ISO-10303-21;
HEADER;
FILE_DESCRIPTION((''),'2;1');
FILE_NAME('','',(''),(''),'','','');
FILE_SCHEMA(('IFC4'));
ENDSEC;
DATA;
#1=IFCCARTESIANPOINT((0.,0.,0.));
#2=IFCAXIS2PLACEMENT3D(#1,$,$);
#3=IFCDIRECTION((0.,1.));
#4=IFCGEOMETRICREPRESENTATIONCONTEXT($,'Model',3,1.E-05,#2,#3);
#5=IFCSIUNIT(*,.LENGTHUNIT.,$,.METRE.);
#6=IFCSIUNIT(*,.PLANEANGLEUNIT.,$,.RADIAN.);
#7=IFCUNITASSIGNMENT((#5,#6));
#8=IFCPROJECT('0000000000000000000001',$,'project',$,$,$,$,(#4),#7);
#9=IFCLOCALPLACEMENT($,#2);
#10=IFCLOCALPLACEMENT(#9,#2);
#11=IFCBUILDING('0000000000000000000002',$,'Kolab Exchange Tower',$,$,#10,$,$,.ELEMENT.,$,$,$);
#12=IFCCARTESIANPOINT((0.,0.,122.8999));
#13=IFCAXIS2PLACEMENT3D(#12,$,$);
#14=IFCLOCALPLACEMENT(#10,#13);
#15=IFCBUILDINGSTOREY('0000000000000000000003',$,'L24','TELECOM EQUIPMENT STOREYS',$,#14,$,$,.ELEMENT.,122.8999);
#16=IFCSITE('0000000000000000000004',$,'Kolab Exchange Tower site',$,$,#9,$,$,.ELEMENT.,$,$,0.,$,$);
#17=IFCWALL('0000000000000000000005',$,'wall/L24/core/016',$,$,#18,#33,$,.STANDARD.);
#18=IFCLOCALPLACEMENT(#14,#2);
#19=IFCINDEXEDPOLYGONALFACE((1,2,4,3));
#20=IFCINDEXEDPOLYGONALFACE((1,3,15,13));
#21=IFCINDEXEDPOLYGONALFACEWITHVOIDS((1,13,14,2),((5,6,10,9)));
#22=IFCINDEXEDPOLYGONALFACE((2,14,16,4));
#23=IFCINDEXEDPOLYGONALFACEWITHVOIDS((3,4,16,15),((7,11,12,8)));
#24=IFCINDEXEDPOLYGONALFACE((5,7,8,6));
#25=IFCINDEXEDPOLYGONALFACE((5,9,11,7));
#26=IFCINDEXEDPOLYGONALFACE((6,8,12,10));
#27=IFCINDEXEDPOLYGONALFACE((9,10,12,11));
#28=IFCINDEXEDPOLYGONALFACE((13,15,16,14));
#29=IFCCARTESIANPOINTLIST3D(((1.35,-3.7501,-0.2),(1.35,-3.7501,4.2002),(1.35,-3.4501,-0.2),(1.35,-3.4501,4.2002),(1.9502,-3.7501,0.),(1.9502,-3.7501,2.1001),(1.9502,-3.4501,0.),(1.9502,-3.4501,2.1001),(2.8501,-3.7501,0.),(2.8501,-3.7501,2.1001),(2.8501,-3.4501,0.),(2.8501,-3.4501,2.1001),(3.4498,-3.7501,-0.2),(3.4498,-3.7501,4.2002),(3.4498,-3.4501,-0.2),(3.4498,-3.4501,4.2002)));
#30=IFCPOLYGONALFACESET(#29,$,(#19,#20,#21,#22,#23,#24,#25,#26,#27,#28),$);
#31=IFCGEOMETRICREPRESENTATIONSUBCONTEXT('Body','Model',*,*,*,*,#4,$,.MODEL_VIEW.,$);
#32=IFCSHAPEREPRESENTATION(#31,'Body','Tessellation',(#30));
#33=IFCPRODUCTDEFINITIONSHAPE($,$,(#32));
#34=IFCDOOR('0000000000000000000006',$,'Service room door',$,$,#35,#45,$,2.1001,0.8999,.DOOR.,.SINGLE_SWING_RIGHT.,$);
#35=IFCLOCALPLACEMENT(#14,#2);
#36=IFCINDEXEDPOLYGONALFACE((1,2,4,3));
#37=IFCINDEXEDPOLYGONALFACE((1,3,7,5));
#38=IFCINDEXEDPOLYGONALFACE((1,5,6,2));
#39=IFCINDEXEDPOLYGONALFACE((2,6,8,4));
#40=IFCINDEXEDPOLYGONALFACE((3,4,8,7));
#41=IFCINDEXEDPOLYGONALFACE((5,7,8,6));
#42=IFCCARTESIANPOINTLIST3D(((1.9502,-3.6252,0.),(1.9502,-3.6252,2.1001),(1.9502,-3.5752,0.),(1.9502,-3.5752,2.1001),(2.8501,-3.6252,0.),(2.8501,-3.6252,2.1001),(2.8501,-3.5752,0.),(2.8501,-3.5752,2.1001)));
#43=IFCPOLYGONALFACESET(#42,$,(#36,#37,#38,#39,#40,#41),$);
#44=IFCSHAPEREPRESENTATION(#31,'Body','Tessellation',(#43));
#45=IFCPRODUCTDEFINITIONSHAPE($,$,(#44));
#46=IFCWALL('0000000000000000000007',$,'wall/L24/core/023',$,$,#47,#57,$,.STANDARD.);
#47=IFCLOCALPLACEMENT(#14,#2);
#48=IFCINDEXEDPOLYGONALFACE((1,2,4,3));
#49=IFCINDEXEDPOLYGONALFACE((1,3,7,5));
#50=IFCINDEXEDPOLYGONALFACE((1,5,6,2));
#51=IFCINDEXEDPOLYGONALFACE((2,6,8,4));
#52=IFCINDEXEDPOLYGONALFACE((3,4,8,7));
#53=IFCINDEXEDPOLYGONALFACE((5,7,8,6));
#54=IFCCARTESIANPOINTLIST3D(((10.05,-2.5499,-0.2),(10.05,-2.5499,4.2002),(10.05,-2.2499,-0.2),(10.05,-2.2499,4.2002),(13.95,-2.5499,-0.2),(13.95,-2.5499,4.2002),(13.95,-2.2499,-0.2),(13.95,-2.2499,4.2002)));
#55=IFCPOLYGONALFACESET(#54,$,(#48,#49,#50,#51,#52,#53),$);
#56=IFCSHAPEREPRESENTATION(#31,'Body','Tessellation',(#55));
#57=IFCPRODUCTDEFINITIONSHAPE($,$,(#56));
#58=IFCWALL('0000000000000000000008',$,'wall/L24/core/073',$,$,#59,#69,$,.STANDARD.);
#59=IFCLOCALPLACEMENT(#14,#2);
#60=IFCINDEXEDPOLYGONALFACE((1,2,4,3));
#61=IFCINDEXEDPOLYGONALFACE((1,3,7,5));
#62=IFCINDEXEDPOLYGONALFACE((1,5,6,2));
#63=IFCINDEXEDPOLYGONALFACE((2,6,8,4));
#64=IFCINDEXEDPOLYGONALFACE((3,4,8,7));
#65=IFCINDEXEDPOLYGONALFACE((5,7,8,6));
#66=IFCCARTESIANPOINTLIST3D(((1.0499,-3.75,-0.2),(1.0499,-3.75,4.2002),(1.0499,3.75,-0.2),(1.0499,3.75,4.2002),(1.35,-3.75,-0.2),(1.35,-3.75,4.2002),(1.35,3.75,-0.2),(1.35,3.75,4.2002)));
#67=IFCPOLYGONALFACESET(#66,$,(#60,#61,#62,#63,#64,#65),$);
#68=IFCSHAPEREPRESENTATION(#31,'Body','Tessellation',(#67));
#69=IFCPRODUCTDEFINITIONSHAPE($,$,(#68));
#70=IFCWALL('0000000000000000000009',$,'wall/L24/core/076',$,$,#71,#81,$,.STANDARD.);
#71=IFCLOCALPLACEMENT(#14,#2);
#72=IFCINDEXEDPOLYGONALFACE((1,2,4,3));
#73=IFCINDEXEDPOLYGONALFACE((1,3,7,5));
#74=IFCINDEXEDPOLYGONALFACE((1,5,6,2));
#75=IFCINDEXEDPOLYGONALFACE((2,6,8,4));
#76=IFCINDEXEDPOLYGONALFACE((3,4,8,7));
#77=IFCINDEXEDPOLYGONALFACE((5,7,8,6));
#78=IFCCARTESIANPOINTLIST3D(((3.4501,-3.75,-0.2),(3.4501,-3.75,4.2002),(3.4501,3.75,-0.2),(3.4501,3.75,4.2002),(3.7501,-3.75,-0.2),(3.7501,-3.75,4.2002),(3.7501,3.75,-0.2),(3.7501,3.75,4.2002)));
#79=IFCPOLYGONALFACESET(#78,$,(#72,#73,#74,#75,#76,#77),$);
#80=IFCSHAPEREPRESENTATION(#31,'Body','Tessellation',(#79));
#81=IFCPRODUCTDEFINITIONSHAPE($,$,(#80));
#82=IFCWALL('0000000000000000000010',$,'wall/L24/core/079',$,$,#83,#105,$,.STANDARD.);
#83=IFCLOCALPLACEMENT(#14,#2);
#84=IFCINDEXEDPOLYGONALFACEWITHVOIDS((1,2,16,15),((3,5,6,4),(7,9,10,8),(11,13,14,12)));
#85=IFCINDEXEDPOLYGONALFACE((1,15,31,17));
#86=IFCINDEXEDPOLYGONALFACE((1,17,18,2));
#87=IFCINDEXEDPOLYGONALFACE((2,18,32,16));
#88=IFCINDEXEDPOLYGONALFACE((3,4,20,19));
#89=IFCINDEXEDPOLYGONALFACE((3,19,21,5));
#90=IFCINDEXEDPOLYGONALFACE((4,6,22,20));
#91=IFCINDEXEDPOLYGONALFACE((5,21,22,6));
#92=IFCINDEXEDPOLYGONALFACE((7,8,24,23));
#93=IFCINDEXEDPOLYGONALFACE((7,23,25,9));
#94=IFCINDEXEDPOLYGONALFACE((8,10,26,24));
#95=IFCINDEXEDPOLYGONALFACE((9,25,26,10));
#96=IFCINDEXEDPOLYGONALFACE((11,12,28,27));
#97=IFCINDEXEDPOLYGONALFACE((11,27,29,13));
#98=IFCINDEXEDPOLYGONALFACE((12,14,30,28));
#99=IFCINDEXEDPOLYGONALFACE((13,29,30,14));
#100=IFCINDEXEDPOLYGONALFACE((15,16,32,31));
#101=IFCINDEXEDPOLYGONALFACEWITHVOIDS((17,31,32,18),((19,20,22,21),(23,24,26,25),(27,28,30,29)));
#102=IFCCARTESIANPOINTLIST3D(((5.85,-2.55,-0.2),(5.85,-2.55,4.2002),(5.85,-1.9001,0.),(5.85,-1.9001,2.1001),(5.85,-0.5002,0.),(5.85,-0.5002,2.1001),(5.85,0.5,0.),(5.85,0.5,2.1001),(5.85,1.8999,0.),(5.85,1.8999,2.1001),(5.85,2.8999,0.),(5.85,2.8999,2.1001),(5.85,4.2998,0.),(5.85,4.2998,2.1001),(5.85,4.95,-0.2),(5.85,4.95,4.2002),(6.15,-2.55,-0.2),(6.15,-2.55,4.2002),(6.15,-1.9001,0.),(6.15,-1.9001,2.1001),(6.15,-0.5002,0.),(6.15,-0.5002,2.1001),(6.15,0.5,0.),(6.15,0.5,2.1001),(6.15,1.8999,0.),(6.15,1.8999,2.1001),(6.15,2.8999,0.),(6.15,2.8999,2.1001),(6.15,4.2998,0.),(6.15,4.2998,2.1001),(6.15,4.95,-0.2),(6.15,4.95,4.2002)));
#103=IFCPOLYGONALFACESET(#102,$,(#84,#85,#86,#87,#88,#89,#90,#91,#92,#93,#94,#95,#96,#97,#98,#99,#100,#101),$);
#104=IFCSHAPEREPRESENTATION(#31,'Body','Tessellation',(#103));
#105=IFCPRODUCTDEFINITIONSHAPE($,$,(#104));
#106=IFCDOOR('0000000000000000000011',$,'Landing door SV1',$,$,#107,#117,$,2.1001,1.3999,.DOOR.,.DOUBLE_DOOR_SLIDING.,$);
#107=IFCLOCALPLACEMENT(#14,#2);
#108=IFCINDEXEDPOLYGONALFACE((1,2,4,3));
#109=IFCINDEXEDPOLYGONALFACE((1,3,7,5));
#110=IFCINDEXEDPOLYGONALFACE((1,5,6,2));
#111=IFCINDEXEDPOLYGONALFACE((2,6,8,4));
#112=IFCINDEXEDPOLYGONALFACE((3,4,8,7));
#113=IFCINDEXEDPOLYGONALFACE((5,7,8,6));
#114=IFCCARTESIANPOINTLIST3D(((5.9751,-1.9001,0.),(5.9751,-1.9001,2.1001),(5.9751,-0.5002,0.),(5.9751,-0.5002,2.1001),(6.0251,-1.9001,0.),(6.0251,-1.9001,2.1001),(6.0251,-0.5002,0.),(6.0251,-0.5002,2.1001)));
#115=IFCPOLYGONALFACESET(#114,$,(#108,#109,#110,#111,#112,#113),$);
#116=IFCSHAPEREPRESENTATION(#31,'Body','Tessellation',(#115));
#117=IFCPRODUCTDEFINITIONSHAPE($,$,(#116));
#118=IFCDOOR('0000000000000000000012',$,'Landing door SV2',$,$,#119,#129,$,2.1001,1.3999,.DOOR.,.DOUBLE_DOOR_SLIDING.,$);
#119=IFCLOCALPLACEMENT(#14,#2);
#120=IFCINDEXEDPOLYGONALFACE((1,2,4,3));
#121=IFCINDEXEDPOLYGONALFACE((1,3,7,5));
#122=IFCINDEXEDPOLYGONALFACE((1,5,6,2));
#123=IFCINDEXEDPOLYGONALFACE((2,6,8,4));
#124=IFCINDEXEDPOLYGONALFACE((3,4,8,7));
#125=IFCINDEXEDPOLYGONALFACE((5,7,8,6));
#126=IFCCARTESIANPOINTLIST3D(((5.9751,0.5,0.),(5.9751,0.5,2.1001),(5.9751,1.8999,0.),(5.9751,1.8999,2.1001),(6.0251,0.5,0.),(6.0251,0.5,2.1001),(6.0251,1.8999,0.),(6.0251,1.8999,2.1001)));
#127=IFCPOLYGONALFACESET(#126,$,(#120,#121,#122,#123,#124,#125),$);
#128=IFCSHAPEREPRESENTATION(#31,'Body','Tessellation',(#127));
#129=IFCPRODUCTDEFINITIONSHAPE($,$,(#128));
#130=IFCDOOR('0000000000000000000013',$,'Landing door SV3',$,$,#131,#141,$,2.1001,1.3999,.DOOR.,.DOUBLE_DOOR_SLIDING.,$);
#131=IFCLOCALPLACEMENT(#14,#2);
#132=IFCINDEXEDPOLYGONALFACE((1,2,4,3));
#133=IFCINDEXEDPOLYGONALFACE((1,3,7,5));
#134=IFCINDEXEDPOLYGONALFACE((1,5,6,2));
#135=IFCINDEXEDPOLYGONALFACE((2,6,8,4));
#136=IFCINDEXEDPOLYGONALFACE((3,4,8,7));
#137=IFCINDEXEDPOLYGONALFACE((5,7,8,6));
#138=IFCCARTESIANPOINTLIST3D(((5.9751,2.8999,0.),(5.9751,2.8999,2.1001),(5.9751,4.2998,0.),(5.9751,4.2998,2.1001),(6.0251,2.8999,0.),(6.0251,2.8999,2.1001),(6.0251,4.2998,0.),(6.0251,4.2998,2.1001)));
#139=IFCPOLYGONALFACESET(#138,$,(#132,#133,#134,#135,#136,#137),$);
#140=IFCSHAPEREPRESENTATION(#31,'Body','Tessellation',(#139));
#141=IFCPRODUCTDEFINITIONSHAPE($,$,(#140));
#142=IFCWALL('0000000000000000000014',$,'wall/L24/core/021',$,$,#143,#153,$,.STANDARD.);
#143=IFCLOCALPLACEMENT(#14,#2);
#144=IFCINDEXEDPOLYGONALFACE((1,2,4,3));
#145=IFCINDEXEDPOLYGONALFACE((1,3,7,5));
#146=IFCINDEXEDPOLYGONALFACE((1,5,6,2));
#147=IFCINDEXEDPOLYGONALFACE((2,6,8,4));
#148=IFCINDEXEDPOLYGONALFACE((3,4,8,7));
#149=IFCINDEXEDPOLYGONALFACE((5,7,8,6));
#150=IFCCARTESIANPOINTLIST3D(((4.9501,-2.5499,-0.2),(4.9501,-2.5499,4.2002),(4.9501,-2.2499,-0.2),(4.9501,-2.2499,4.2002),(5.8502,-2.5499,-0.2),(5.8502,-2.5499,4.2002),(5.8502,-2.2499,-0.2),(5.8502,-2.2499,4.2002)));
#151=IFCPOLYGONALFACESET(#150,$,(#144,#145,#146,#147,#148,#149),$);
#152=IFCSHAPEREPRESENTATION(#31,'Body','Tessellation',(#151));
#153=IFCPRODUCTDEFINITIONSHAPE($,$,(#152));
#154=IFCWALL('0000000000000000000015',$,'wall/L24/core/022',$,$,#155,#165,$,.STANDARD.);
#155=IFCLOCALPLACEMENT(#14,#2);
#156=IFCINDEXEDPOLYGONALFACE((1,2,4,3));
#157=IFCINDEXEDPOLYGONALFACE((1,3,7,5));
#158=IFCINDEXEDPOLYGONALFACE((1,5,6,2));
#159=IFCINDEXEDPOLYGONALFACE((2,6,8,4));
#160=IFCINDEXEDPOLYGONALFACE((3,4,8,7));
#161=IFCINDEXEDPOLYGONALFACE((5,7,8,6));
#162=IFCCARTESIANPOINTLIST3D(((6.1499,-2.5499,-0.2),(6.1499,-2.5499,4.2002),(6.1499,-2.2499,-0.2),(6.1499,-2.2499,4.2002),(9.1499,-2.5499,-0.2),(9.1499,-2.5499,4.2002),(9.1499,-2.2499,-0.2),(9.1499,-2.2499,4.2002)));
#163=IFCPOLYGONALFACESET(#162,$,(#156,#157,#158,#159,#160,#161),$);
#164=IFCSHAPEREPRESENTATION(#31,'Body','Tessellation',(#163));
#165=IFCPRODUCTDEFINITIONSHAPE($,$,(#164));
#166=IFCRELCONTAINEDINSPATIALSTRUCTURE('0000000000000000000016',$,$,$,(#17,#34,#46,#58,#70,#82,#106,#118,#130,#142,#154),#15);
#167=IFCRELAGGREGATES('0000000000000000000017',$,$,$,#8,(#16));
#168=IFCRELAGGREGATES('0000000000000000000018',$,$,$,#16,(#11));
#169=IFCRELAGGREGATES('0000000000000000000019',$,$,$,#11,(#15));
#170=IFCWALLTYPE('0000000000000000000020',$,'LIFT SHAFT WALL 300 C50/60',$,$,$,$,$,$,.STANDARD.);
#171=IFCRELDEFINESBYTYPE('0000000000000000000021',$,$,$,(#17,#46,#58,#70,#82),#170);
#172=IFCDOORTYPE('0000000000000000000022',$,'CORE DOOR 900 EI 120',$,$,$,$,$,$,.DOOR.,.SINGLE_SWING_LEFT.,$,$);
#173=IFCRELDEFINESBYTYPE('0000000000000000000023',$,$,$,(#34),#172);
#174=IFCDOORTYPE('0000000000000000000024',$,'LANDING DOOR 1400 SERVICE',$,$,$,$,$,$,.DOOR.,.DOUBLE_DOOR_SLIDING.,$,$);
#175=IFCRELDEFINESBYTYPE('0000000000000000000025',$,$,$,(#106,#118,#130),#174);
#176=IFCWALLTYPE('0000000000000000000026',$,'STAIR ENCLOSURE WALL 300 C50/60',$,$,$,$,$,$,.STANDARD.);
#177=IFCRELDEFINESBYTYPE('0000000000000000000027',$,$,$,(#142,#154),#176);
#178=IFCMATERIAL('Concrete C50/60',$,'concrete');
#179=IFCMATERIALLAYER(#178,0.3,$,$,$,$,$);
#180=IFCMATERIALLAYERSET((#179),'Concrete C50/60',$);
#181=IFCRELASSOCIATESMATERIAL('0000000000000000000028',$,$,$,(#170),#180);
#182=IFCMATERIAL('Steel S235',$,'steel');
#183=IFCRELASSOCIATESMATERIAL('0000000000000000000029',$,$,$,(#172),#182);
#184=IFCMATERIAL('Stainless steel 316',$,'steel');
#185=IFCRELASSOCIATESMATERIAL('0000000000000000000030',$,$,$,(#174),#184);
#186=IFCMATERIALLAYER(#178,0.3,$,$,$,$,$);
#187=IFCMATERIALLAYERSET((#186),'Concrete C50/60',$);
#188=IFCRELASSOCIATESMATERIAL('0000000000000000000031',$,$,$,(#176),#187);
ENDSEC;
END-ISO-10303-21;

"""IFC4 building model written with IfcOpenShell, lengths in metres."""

from ifc_helpers import new_model, si_unit, direction, frame, frame_2d, origin, place, context, subcontext, project, spatial, rectangle, extrude, material, layer, layer_set, type_object, element, fill, save


model = new_model("IFC4")

# Units and contexts
model_context = context("Model", 3, precision=1e-05, world=origin(), true_north=direction((0.0, 1.0)))
body_context = subcontext(model_context, "Body", "Model", "MODEL_VIEW")
ifc_project = project(units=[si_unit("LENGTHUNIT", "METRE"), si_unit("PLANEANGLEUNIT", "RADIAN")], contexts=[model_context])

# Site, building, storey
site_placement = place(None, origin())
site = spatial("IfcSite", under=ifc_project, at=site_placement, Name="Kolab Exchange Tower site", CompositionType="ELEMENT", RefElevation=0.0)
building_placement = place(site_placement, origin())
building = spatial("IfcBuilding", under=site, at=building_placement, Name="Kolab Exchange Tower", CompositionType="ELEMENT")
storey_placement = place(building_placement, frame((0.0, 0.0, 122.8999)))
storey = spatial("IfcBuildingStorey", under=building, at=storey_placement, Name="L24", Description="TELECOM EQUIPMENT STOREYS", CompositionType="ELEMENT", Elevation=122.8999)

# Shared definitions
ifc_material_1 = material(Name="Concrete C50/60", Category="concrete")
ifc_layer_1 = layer(ifc_material_1, 0.3)
ifc_layer_set_1 = layer_set([ifc_layer_1], Name="Concrete C50/60")
wall_type_1 = type_object("IfcWallType", Name="LIFT SHAFT WALL 300 C50/60", PredefinedType="STANDARD", material=ifc_layer_set_1)

# Shared definitions
ifc_material_2 = material(Name="Steel S235", Category="steel")
door_type_1 = type_object("IfcDoorType", Name="CORE DOOR 900 EI 120", OperationType="SINGLE_SWING_LEFT", PredefinedType="DOOR", material=ifc_material_2)

# Wall, opening, door
wall_1_placement = place(storey_placement, frame((1.3501, -3.6001, -0.2), z_axis=(0.0, 0.0, 1.0), x_axis=(1.0, 0.0, 0.0)))
wall_1 = element("IfcWall", 1, at=wall_1_placement, inside=storey, type_object=wall_type_1, Name="wall/L24/core/016", PredefinedType="STANDARD", context=body_context, shape_type="SweptSolid", body=[
    extrude(rectangle(XDim=2.0999, YDim=0.3, at=frame_2d((1.0498, 0.0))), origin(), (0.0, 0.0, 1.0), 4.4001),
])
opening_1_placement = place(wall_1_placement, frame((0.6001, 0.0, 0.2)))
opening_1 = element("IfcOpeningElement", 2, at=opening_1_placement, cuts=wall_1, PredefinedType="OPENING", context=body_context, shape_type="SweptSolid", body=[
    extrude(rectangle(XDim=0.8999, YDim=2.1001, at=frame_2d((0.45, 1.05))), frame((0.0, 0.1602, 0.0), z_axis=(0.0, -1.0, 0.0), x_axis=(1.0, 0.0, 0.0)), (0.0, 0.0, 1.0), 0.3201),
])
door_1_placement = place(opening_1_placement, origin())
door_1 = element("IfcDoor", 3, at=door_1_placement, inside=storey, type_object=door_type_1, Name="Service room door", OperationType="SINGLE_SWING_RIGHT", OverallHeight=2.1001, OverallWidth=0.8999, PredefinedType="DOOR", context=body_context, shape_type="SweptSolid", body=[
    extrude(rectangle(XDim=0.8999, YDim=2.1001, at=frame_2d((0.45, 1.05))), frame((0.0, 0.0249, 0.0), z_axis=(0.0, -1.0, 0.0), x_axis=(1.0, 0.0, 0.0)), (0.0, 0.0, 1.0), 0.05),
])
fill(opening_1, door_1)

# Walls
wall_2_placement = place(storey_placement, frame((10.05, -2.3999, -0.2), z_axis=(0.0, 0.0, 1.0), x_axis=(1.0, 0.0, 0.0)))
element("IfcWall", 4, at=wall_2_placement, inside=storey, type_object=wall_type_1, Name="wall/L24/core/023", PredefinedType="STANDARD", context=body_context, shape_type="SweptSolid", body=[
    extrude(rectangle(XDim=3.8999, YDim=0.3, at=frame_2d((1.95, 0.0))), origin(), (0.0, 0.0, 1.0), 4.4001),
])
for number, where, z_axis, x_axis, name in (
    (5, (1.2, -3.75, -0.2), (0.0, 0.0, 1.0), (0.0, 1.0, 0.0), "wall/L24/core/073"),
    (6, (3.6001, -3.75, -0.2), (0.0, 0.0, 1.0), (0.0, 1.0, 0.0), "wall/L24/core/076"),
):
    element("IfcWall", number, at=place(storey_placement, frame(where, z_axis=z_axis, x_axis=x_axis)), inside=storey, type_object=wall_type_1, Name=name, PredefinedType="STANDARD", context=body_context, shape_type="SweptSolid", body=[
        extrude(rectangle(XDim=7.5, YDim=0.3, at=frame_2d((3.75, 0.0))), origin(), (0.0, 0.0, 1.0), 4.4001),
    ])

# Wall, openings, doors
wall_3_placement = place(storey_placement, frame((6.0, -2.55, -0.2), z_axis=(0.0, 0.0, 1.0), x_axis=(0.0, 1.0, 0.0)))
wall_3 = element("IfcWall", 7, at=wall_3_placement, inside=storey, type_object=wall_type_1, Name="wall/L24/core/079", PredefinedType="STANDARD", context=body_context, shape_type="SweptSolid", body=[
    extrude(rectangle(XDim=7.5, YDim=0.3, at=frame_2d((3.75, 0.0))), origin(), (0.0, 0.0, 1.0), 4.4001),
])
opening_2_placement = place(wall_3_placement, frame((0.6499, 0.0, 0.2)))
opening_2 = element("IfcOpeningElement", 8, at=opening_2_placement, cuts=wall_3, PredefinedType="OPENING", context=body_context, shape_type="SweptSolid", body=[
    extrude(rectangle(XDim=1.3999, YDim=2.1001, at=frame_2d((0.7, 1.05))), frame((0.0, 0.1602, 0.0), z_axis=(0.0, -1.0, 0.0), x_axis=(1.0, 0.0, 0.0)), (0.0, 0.0, 1.0), 0.3201),
])
opening_3_placement = place(wall_3_placement, frame((3.05, 0.0, 0.2)))
opening_3 = element("IfcOpeningElement", 9, at=opening_3_placement, cuts=wall_3, PredefinedType="OPENING", context=body_context, shape_type="SweptSolid", body=[
    extrude(rectangle(XDim=1.3999, YDim=2.1001, at=frame_2d((0.7, 1.05))), frame((0.0, 0.1602, 0.0), z_axis=(0.0, -1.0, 0.0), x_axis=(1.0, 0.0, 0.0)), (0.0, 0.0, 1.0), 0.3201),
])
opening_4_placement = place(wall_3_placement, frame((5.45, 0.0, 0.2)))
opening_4 = element("IfcOpeningElement", 10, at=opening_4_placement, cuts=wall_3, PredefinedType="OPENING", context=body_context, shape_type="SweptSolid", body=[
    extrude(rectangle(XDim=1.3999, YDim=2.1001, at=frame_2d((0.7, 1.05))), frame((0.0, 0.1602, 0.0), z_axis=(0.0, -1.0, 0.0), x_axis=(1.0, 0.0, 0.0)), (0.0, 0.0, 1.0), 0.3201),
])
ifc_material_3 = material(Name="Stainless steel 316", Category="steel")
door_type_2 = type_object("IfcDoorType", Name="LANDING DOOR 1400 SERVICE", OperationType="DOUBLE_DOOR_SLIDING", PredefinedType="DOOR", material=ifc_material_3)
door_2_placement = place(opening_2_placement, origin())
door_2 = element("IfcDoor", 11, at=door_2_placement, inside=storey, type_object=door_type_2, Name="Landing door SV1", OperationType="DOUBLE_DOOR_SLIDING", OverallHeight=2.1001, OverallWidth=1.3999, PredefinedType="DOOR", context=body_context, shape_type="SweptSolid", body=[
    extrude(rectangle(XDim=1.3999, YDim=2.1001, at=frame_2d((0.7, 1.05))), frame((0.0, 0.0249, 0.0), z_axis=(0.0, -1.0, 0.0), x_axis=(1.0, 0.0, 0.0)), (0.0, 0.0, 1.0), 0.05),
])
fill(opening_2, door_2)
door_3_placement = place(opening_3_placement, origin())
door_3 = element("IfcDoor", 12, at=door_3_placement, inside=storey, type_object=door_type_2, Name="Landing door SV2", OperationType="DOUBLE_DOOR_SLIDING", OverallHeight=2.1001, OverallWidth=1.3999, PredefinedType="DOOR", context=body_context, shape_type="SweptSolid", body=[
    extrude(rectangle(XDim=1.3999, YDim=2.1001, at=frame_2d((0.7, 1.05))), frame((0.0, 0.0249, 0.0), z_axis=(0.0, -1.0, 0.0), x_axis=(1.0, 0.0, 0.0)), (0.0, 0.0, 1.0), 0.05),
])
fill(opening_3, door_3)
door_4_placement = place(opening_4_placement, origin())
door_4 = element("IfcDoor", 13, at=door_4_placement, inside=storey, type_object=door_type_2, Name="Landing door SV3", OperationType="DOUBLE_DOOR_SLIDING", OverallHeight=2.1001, OverallWidth=1.3999, PredefinedType="DOOR", context=body_context, shape_type="SweptSolid", body=[
    extrude(rectangle(XDim=1.3999, YDim=2.1001, at=frame_2d((0.7, 1.05))), frame((0.0, 0.0249, 0.0), z_axis=(0.0, -1.0, 0.0), x_axis=(1.0, 0.0, 0.0)), (0.0, 0.0, 1.0), 0.05),
])
fill(opening_4, door_4)

# Walls
ifc_layer_2 = layer(ifc_material_1, 0.3)
ifc_layer_set_2 = layer_set([ifc_layer_2], Name="Concrete C50/60")
wall_type_2 = type_object("IfcWallType", Name="STAIR ENCLOSURE WALL 300 C50/60", PredefinedType="STANDARD", material=ifc_layer_set_2)
wall_4_placement = place(storey_placement, frame((4.95, -2.3999, -0.2), z_axis=(0.0, 0.0, 1.0), x_axis=(1.0, 0.0, 0.0)))
element("IfcWall", 14, at=wall_4_placement, inside=storey, type_object=wall_type_2, Name="wall/L24/core/021", PredefinedType="STANDARD", context=body_context, shape_type="SweptSolid", body=[
    extrude(rectangle(XDim=0.9001, YDim=0.3, at=frame_2d((0.4502, 0.0))), origin(), (0.0, 0.0, 1.0), 4.4001),
])
wall_5_placement = place(storey_placement, frame((6.1499, -2.3999, -0.2), z_axis=(0.0, 0.0, 1.0), x_axis=(1.0, 0.0, 0.0)))
element("IfcWall", 15, at=wall_5_placement, inside=storey, type_object=wall_type_2, Name="wall/L24/core/022", PredefinedType="STANDARD", context=body_context, shape_type="SweptSolid", body=[
    extrude(rectangle(XDim=3.0, YDim=0.3, at=frame_2d((1.5, 0.0))), origin(), (0.0, 0.0, 1.0), 4.4001),
])

save(model, "model.ifc")
